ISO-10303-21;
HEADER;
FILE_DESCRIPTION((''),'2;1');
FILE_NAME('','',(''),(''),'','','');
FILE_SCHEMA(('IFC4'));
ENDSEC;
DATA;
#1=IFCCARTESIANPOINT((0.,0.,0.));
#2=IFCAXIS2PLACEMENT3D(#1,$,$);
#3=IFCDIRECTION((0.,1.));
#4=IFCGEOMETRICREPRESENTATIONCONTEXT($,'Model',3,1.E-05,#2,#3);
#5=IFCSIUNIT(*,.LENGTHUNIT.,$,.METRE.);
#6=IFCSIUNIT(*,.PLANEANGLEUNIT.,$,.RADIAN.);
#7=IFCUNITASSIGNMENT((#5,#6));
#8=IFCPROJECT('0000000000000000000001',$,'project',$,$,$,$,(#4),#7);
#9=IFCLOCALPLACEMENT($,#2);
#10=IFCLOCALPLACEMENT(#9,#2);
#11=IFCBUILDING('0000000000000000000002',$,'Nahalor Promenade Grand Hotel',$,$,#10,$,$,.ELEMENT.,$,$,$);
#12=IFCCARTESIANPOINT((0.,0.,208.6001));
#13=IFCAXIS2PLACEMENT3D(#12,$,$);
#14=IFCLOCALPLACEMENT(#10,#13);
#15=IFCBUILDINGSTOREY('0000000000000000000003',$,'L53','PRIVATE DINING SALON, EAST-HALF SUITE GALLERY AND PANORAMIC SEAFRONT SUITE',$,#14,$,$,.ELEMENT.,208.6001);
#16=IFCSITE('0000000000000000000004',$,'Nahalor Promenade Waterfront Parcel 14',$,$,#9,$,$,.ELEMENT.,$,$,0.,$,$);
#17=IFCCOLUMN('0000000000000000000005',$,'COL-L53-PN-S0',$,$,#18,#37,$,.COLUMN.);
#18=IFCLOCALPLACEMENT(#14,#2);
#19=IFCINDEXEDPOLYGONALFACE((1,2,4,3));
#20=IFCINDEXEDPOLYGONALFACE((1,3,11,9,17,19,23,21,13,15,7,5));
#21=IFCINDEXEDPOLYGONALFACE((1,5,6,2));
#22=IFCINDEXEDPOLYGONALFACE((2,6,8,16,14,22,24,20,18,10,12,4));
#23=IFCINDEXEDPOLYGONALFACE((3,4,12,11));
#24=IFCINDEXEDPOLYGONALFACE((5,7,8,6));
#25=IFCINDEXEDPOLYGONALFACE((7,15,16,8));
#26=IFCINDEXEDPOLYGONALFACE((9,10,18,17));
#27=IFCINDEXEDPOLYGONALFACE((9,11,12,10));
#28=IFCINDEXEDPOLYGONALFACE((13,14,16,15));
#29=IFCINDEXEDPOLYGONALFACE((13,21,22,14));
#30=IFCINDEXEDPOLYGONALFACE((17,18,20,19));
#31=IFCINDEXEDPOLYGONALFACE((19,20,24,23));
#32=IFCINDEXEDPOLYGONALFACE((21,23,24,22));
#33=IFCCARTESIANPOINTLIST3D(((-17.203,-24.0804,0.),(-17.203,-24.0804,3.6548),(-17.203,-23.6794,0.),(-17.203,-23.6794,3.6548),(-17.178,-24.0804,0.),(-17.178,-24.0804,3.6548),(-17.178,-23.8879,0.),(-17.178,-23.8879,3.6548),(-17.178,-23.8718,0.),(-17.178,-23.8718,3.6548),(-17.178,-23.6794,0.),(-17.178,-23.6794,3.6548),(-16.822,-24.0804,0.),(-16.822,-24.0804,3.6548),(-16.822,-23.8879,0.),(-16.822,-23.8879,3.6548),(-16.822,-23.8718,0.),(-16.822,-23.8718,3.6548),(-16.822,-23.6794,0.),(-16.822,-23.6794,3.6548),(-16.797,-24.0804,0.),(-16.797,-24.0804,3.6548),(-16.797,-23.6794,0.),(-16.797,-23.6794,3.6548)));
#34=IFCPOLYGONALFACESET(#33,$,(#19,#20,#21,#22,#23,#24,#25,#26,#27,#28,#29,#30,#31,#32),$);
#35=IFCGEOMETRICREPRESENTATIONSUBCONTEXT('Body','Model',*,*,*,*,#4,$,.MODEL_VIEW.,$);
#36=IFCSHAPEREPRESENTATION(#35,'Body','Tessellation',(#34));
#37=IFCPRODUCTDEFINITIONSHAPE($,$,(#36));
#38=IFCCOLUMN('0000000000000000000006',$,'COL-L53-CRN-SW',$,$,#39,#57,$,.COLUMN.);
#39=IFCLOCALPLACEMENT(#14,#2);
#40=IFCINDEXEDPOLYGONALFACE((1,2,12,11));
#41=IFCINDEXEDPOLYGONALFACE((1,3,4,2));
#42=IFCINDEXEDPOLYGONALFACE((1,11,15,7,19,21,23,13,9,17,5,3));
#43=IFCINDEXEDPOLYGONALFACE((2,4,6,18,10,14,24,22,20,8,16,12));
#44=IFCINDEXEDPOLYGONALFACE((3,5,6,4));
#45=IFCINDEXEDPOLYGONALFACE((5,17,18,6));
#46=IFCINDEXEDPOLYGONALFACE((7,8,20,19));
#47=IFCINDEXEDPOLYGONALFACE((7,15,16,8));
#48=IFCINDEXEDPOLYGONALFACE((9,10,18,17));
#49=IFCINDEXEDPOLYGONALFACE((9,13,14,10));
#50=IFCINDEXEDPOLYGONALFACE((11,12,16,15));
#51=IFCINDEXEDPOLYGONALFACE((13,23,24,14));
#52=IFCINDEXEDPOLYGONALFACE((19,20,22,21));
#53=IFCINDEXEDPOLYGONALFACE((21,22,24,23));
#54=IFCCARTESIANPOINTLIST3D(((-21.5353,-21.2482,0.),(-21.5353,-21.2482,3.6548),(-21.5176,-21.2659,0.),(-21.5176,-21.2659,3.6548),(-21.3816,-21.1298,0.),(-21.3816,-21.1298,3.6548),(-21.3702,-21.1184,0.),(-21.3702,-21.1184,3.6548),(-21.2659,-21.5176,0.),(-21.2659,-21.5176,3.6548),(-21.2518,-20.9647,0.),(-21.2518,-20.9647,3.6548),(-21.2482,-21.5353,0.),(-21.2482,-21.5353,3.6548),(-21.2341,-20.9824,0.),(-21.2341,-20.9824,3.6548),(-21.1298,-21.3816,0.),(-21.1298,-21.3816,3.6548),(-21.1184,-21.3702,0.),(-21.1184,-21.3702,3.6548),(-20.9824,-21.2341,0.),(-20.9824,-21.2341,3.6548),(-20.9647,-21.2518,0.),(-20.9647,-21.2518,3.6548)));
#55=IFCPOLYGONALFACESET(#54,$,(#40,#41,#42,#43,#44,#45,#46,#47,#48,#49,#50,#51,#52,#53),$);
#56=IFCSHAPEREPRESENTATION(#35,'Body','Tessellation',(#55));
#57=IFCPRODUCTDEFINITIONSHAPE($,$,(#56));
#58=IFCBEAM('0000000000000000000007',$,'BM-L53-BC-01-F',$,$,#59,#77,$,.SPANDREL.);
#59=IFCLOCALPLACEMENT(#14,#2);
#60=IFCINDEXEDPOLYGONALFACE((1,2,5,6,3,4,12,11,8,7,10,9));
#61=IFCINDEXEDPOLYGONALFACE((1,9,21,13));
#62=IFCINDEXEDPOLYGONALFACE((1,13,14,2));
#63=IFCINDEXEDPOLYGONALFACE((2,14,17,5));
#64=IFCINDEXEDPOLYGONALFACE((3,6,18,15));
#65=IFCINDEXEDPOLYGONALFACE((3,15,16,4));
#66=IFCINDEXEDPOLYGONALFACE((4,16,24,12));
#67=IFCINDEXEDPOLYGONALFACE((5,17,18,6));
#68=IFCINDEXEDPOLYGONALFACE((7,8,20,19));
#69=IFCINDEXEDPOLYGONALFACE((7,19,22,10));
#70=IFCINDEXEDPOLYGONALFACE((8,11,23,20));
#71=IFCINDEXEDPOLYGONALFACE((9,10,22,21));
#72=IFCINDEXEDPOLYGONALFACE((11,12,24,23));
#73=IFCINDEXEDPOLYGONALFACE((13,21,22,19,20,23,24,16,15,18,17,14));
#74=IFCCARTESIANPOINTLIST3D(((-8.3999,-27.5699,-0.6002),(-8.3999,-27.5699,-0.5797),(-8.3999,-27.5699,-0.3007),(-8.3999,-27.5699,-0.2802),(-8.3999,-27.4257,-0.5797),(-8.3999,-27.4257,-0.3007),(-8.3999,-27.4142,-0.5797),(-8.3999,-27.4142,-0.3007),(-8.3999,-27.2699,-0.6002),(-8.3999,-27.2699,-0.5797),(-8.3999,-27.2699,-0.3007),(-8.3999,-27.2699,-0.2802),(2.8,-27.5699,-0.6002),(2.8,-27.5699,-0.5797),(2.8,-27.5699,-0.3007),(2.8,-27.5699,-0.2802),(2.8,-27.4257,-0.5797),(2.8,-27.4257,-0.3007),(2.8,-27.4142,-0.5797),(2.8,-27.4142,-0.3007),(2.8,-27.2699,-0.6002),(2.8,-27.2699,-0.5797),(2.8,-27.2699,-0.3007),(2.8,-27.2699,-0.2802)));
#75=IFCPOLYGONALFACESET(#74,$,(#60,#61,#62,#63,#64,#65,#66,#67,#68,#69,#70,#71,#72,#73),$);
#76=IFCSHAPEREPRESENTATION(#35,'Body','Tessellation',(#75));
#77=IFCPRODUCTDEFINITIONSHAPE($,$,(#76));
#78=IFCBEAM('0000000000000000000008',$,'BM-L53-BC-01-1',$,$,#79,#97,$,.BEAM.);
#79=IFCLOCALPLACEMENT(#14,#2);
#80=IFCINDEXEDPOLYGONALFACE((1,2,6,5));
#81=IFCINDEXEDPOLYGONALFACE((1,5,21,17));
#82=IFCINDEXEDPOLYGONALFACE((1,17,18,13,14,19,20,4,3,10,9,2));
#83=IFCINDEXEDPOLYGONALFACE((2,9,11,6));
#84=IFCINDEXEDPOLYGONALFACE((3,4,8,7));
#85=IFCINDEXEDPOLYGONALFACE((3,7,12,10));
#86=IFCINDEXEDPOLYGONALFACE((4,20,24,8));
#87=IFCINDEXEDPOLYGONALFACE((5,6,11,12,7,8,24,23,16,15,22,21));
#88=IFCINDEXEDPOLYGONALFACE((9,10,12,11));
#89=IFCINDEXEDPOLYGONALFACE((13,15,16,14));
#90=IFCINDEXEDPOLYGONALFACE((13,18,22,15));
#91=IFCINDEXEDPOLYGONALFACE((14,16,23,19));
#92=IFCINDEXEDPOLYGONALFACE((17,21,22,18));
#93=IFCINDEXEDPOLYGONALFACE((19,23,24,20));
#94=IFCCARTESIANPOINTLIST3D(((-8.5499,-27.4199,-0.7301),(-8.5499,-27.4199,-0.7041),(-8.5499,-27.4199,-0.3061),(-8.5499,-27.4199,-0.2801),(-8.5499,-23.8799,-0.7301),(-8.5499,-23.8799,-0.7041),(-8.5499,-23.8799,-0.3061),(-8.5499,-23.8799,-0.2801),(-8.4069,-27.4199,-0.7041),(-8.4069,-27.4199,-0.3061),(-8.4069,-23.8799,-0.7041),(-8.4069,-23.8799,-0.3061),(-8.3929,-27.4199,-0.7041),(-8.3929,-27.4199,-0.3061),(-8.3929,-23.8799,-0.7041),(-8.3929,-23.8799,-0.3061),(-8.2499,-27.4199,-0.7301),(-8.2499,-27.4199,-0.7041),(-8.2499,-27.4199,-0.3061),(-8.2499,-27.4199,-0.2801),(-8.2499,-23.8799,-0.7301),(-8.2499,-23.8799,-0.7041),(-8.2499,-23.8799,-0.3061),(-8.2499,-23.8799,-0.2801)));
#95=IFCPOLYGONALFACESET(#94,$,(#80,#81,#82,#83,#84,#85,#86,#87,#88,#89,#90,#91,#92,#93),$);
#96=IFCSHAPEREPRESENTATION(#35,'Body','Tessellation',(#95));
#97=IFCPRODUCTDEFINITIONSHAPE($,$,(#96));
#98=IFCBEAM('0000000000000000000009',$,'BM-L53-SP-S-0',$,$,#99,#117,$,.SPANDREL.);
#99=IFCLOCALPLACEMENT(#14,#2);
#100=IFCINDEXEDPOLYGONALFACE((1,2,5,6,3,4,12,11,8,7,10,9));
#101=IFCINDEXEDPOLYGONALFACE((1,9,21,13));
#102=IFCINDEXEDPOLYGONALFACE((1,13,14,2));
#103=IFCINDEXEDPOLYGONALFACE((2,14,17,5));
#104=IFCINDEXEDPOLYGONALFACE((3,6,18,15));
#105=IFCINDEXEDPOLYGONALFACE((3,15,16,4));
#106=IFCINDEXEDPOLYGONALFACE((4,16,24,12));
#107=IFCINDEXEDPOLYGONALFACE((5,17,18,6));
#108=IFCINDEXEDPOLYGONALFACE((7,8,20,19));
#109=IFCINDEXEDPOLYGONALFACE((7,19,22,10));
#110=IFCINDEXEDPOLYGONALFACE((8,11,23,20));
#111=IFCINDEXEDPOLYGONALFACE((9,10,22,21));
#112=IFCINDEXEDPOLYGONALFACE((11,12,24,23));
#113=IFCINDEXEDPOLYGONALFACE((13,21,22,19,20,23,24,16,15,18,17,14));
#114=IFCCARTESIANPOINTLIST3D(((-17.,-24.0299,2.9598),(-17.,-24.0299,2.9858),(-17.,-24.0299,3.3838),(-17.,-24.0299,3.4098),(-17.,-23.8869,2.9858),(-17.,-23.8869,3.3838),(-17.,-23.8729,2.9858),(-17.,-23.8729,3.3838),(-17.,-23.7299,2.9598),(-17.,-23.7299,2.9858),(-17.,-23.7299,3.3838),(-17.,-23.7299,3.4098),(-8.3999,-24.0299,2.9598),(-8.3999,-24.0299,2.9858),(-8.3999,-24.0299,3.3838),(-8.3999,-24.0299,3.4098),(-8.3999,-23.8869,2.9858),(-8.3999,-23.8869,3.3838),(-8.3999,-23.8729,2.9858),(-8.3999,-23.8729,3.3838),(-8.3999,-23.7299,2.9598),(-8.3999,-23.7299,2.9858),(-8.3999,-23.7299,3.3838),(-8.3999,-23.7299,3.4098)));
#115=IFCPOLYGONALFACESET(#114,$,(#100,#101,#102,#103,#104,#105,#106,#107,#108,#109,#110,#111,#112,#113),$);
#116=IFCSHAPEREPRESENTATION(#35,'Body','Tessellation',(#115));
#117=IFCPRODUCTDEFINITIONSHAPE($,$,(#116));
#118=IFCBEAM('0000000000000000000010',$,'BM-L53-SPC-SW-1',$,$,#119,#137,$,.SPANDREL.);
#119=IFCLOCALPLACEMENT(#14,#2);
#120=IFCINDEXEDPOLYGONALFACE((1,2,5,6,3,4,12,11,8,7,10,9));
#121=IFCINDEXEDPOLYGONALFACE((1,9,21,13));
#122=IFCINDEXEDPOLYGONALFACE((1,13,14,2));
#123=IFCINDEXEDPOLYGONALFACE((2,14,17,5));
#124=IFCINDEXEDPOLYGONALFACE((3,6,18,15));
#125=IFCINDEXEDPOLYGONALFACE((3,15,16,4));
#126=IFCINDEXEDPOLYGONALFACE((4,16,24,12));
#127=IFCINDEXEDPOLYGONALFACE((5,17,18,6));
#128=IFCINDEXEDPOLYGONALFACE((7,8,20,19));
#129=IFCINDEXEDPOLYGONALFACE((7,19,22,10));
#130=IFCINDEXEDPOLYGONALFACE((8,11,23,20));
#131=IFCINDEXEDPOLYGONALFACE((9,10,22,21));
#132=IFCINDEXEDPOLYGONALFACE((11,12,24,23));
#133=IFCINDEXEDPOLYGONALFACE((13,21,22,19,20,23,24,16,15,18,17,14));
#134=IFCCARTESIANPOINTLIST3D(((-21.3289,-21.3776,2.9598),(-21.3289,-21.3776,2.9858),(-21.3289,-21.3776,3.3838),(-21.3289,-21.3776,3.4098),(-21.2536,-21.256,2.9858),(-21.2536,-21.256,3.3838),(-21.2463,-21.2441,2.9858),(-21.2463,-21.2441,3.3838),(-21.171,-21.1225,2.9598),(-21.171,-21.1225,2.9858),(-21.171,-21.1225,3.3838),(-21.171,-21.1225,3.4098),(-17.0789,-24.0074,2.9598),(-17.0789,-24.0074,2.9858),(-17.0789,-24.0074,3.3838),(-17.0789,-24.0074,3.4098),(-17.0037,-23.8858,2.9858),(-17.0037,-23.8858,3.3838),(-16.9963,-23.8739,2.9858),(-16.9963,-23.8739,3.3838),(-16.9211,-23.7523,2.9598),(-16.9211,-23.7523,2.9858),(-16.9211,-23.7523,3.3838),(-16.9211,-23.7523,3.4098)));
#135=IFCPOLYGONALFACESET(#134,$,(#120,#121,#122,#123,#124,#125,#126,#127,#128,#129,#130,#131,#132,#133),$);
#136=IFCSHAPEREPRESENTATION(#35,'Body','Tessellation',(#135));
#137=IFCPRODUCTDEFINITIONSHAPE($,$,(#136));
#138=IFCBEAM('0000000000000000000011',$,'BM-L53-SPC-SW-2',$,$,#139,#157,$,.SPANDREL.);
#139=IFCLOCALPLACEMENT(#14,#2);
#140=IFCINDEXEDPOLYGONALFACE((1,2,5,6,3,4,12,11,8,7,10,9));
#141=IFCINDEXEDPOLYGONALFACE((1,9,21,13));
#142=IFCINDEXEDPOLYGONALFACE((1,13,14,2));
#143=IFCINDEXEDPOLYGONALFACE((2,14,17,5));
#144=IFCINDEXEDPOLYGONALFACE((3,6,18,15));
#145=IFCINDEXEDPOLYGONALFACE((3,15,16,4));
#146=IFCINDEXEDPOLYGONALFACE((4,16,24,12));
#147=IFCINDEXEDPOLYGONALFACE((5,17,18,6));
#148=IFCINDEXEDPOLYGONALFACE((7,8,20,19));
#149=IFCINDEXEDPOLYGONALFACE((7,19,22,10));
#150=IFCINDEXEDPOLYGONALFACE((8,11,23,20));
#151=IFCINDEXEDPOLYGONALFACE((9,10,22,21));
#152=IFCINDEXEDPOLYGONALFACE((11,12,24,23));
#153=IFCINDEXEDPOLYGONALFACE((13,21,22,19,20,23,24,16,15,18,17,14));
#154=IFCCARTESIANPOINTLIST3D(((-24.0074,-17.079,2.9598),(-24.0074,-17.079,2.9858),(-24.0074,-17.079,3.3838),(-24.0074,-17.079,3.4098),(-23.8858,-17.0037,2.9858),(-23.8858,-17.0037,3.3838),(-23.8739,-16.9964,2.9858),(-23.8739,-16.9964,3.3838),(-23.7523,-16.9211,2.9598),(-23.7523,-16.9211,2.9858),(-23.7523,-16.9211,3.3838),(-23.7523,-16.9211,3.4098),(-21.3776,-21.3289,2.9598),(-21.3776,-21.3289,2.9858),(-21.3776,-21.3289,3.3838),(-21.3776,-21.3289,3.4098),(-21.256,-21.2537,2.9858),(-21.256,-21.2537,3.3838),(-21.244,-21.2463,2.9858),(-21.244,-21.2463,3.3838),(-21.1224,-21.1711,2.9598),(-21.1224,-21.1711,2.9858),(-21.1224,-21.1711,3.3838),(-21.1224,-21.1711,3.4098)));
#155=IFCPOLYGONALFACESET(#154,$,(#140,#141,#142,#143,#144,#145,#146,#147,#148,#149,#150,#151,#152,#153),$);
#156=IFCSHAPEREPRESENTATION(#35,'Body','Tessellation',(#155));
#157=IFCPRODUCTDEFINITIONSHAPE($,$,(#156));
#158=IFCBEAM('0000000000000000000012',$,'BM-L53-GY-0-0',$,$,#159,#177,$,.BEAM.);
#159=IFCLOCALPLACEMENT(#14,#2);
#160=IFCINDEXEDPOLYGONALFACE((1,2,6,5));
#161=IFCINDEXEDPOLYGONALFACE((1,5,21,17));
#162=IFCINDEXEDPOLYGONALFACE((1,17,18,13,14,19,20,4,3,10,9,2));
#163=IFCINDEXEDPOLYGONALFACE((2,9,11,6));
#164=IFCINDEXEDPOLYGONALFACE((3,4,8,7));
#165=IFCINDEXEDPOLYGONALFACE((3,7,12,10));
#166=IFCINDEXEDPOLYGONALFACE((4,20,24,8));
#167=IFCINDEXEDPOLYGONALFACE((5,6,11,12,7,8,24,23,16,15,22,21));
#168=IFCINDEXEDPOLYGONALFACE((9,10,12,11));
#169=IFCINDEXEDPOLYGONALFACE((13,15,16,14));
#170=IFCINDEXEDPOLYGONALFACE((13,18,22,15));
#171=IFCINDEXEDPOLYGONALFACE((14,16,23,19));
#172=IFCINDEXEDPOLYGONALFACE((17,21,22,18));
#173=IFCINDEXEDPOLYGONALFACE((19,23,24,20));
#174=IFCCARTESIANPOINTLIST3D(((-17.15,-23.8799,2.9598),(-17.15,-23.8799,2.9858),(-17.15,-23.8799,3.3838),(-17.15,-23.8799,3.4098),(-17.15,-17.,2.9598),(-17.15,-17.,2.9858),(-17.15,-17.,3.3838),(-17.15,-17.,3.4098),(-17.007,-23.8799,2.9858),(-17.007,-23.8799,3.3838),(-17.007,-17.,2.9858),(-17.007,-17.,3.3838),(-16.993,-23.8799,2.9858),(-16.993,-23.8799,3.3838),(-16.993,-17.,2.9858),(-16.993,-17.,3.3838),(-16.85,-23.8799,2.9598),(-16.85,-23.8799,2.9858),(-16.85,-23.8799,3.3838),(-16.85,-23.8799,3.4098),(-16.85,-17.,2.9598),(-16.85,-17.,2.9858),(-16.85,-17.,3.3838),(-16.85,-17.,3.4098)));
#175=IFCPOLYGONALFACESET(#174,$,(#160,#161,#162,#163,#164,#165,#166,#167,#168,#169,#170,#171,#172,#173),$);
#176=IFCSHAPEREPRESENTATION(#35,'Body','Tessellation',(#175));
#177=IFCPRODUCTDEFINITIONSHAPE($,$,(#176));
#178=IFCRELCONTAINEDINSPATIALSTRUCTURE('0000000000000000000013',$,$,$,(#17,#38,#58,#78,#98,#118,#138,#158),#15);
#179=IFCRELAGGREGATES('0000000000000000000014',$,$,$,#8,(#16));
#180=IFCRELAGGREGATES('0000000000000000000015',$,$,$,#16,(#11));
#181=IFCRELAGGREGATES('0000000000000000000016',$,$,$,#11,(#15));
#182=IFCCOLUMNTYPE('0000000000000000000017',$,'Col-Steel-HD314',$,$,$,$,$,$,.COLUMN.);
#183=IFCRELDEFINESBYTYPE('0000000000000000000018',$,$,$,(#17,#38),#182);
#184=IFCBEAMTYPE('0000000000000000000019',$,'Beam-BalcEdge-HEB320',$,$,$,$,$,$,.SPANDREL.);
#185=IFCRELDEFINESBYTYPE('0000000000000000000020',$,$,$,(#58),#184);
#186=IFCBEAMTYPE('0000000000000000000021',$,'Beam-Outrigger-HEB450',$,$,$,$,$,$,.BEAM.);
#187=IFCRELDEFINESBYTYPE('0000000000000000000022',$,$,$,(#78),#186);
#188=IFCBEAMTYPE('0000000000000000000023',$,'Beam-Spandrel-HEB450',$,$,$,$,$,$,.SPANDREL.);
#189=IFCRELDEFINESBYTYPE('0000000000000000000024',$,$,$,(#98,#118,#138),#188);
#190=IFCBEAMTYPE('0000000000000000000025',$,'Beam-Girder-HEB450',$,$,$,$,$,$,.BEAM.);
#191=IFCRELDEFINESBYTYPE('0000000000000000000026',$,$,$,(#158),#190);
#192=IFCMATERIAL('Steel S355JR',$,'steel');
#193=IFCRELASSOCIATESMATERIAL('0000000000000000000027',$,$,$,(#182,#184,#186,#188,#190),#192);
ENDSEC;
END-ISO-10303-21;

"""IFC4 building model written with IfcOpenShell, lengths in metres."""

from ifc_helpers import new_model, si_unit, direction, frame, origin, origin_2d, place, context, subcontext, project, spatial, i_section, extrude, source, transform, mapped, material, material_profile, profile_set, type_object, element, save


model = new_model("IFC4")

# Units and contexts
model_context = context("Model", 3, precision=1e-05, world=origin(), true_north=direction((0.0, 1.0)))
body_context = subcontext(model_context, "Body", "Model", "MODEL_VIEW")
ifc_project = project(units=[si_unit("LENGTHUNIT", "METRE"), si_unit("PLANEANGLEUNIT", "RADIAN")], contexts=[model_context])

# Site, building, storey
site_placement = place(None, origin())
site = spatial("IfcSite", under=ifc_project, at=site_placement, Name="Nahalor Promenade Waterfront Parcel 14", CompositionType="ELEMENT", RefElevation=0.0)
building_placement = place(site_placement, origin())
building = spatial("IfcBuilding", under=site, at=building_placement, Name="Nahalor Promenade Grand Hotel", CompositionType="ELEMENT")
storey_placement = place(building_placement, frame((0.0, 0.0, 208.6001)))
storey = spatial("IfcBuildingStorey", under=building, at=storey_placement, Name="L53", Description="PRIVATE DINING SALON, EAST-HALF SUITE GALLERY AND PANORAMIC SEAFRONT SUITE", CompositionType="ELEMENT", Elevation=208.6001)

# Columns
ifc_material_1 = material(Name="Steel S355JR", Category="steel")
ifc_material_profile_1 = material_profile(ifc_material_1, i_section(OverallWidth=0.401, OverallDepth=0.406, WebThickness=0.0161, FlangeThickness=0.025, at=origin_2d()), Name="HD 400x314")
ifc_profile_set_1 = profile_set([ifc_material_profile_1], Name="Steel S355JR")
column_type = type_object("IfcColumnType", Name="Col-Steel-HD314", PredefinedType="COLUMN", material=ifc_profile_set_1)
shared_shape_1 = source(origin(), body_context, "Body", "SweptSolid", [
    extrude(i_section(OverallWidth=0.401, OverallDepth=0.406, WebThickness=0.0161, FlangeThickness=0.025, at=origin_2d()), origin(), (0.0, 0.0, 1.0), 3.6548),
])
for number, where, z_axis, x_axis, name in (
    (1, (-17.0, -23.8799, 0.0), (0.0, 0.0, 1.0), (0.0, 1.0, 0.0), "COL-L53-PN-S0"),
    (2, (-21.25, -21.25, 0.0), (0.0, 0.0, 1.0), (0.707107, 0.707107, 0.0), "COL-L53-CRN-SW"),
):
    element("IfcColumn", number, at=place(storey_placement, frame(where, z_axis=z_axis, x_axis=x_axis)), inside=storey, type_object=column_type, Name=name, PredefinedType="COLUMN", context=body_context, shape_type="MappedRepresentation", body=[
        mapped(shared_shape_1, transform((0.0, 0.0, 0.0), scale=1.0)),
    ])

# Beams
ifc_material_profile_2 = material_profile(ifc_material_1, i_section(OverallWidth=0.3, OverallDepth=0.32, WebThickness=0.0115, FlangeThickness=0.0205, at=origin_2d()), Name="HEB 320")
ifc_profile_set_2 = profile_set([ifc_material_profile_2], Name="Steel S355JR")
beam_type_1 = type_object("IfcBeamType", Name="Beam-BalcEdge-HEB320", PredefinedType="SPANDREL", material=ifc_profile_set_2)
shared_shape_2 = source(origin(), body_context, "Body", "SweptSolid", [
    extrude(i_section(OverallWidth=0.3, OverallDepth=0.32, WebThickness=0.0115, FlangeThickness=0.0205, at=origin_2d()), origin(), (0.0, 0.0, 1.0), 11.2),
])
beam_1_placement = place(storey_placement, frame((-8.3999, -27.4199, -0.4402), z_axis=(1.0, 0.0, 0.0), x_axis=(0.0, 1.0, 0.0)))
element("IfcBeam", 3, at=beam_1_placement, inside=storey, type_object=beam_type_1, Name="BM-L53-BC-01-F", PredefinedType="SPANDREL", context=body_context, shape_type="MappedRepresentation", body=[
    mapped(shared_shape_2, transform((0.0, 0.0, 0.0), scale=1.0)),
])
ifc_material_profile_3 = material_profile(ifc_material_1, i_section(OverallWidth=0.3, OverallDepth=0.45, WebThickness=0.014, FlangeThickness=0.026, at=origin_2d()), Name="HEB 450")
ifc_profile_set_3 = profile_set([ifc_material_profile_3], Name="Steel S355JR")
beam_type_2 = type_object("IfcBeamType", Name="Beam-Outrigger-HEB450", PredefinedType="BEAM", material=ifc_profile_set_3)
shared_shape_3 = source(origin(), body_context, "Body", "SweptSolid", [
    extrude(i_section(OverallWidth=0.3, OverallDepth=0.45, WebThickness=0.014, FlangeThickness=0.026, at=origin_2d()), origin(), (0.0, 0.0, 1.0), 3.54),
])
beam_2_placement = place(storey_placement, frame((-8.3999, -27.4199, -0.5051), z_axis=(0.0, 1.0, 0.0), x_axis=(-1.0, 0.0, 0.0)))
element("IfcBeam", 4, at=beam_2_placement, inside=storey, type_object=beam_type_2, Name="BM-L53-BC-01-1", PredefinedType="BEAM", context=body_context, shape_type="MappedRepresentation", body=[
    mapped(shared_shape_3, transform((0.0, 0.0, 0.0), scale=1.0)),
])
ifc_material_profile_4 = material_profile(ifc_material_1, i_section(OverallWidth=0.3, OverallDepth=0.45, WebThickness=0.014, FlangeThickness=0.026, at=origin_2d()), Name="HEB 450")
ifc_profile_set_4 = profile_set([ifc_material_profile_4], Name="Steel S355JR")
beam_type_3 = type_object("IfcBeamType", Name="Beam-Spandrel-HEB450", PredefinedType="SPANDREL", material=ifc_profile_set_4)
shared_shape_4 = source(origin(), body_context, "Body", "SweptSolid", [
    extrude(i_section(OverallWidth=0.3, OverallDepth=0.45, WebThickness=0.014, FlangeThickness=0.026, at=origin_2d()), origin(), (0.0, 0.0, 1.0), 8.6001),
])
beam_3_placement = place(storey_placement, frame((-17.0, -23.8799, 3.1848), z_axis=(1.0, 0.0, 0.0), x_axis=(0.0, 1.0, 0.0)))
element("IfcBeam", 5, at=beam_3_placement, inside=storey, type_object=beam_type_3, Name="BM-L53-SP-S-0", PredefinedType="SPANDREL", context=body_context, shape_type="MappedRepresentation", body=[
    mapped(shared_shape_4, transform((0.0, 0.0, 0.0), scale=1.0)),
])
shared_shape_5 = source(origin(), body_context, "Body", "SweptSolid", [
    extrude(i_section(OverallWidth=0.3, OverallDepth=0.45, WebThickness=0.014, FlangeThickness=0.026, at=origin_2d()), origin(), (0.0, 0.0, 1.0), 4.9978),
])
for number, where, z_axis, x_axis, name in (
    (6, (-17.0, -23.8799, 3.1848), (-0.850361, 0.5262, 0.0), (-0.5262, -0.850361, 0.0), "BM-L53-SPC-SW-1"),
    (7, (-21.25, -21.25, 3.1848), (-0.5262, 0.850361, 0.0), (-0.850361, -0.5262, 0.0), "BM-L53-SPC-SW-2"),
):
    element("IfcBeam", number, at=place(storey_placement, frame(where, z_axis=z_axis, x_axis=x_axis)), inside=storey, type_object=beam_type_3, Name=name, PredefinedType="SPANDREL", context=body_context, shape_type="MappedRepresentation", body=[
        mapped(shared_shape_5, transform((0.0, 0.0, 0.0), scale=1.0)),
    ])
ifc_material_profile_5 = material_profile(ifc_material_1, i_section(OverallWidth=0.3, OverallDepth=0.45, WebThickness=0.014, FlangeThickness=0.026, at=origin_2d()), Name="HEB 450")
ifc_profile_set_5 = profile_set([ifc_material_profile_5], Name="Steel S355JR")
beam_type_4 = type_object("IfcBeamType", Name="Beam-Girder-HEB450", PredefinedType="BEAM", material=ifc_profile_set_5)
shared_shape_6 = source(origin(), body_context, "Body", "SweptSolid", [
    extrude(i_section(OverallWidth=0.3, OverallDepth=0.45, WebThickness=0.014, FlangeThickness=0.026, at=origin_2d()), origin(), (0.0, 0.0, 1.0), 6.8799),
])
beam_4_placement = place(storey_placement, frame((-17.0, -23.8799, 3.1848), z_axis=(0.0, 1.0, 0.0), x_axis=(-1.0, 0.0, 0.0)))
element("IfcBeam", 8, at=beam_4_placement, inside=storey, type_object=beam_type_4, Name="BM-L53-GY-0-0", PredefinedType="BEAM", context=body_context, shape_type="MappedRepresentation", body=[
    mapped(shared_shape_6, transform((0.0, 0.0, 0.0), scale=1.0)),
])

save(model, "model.ifc")
